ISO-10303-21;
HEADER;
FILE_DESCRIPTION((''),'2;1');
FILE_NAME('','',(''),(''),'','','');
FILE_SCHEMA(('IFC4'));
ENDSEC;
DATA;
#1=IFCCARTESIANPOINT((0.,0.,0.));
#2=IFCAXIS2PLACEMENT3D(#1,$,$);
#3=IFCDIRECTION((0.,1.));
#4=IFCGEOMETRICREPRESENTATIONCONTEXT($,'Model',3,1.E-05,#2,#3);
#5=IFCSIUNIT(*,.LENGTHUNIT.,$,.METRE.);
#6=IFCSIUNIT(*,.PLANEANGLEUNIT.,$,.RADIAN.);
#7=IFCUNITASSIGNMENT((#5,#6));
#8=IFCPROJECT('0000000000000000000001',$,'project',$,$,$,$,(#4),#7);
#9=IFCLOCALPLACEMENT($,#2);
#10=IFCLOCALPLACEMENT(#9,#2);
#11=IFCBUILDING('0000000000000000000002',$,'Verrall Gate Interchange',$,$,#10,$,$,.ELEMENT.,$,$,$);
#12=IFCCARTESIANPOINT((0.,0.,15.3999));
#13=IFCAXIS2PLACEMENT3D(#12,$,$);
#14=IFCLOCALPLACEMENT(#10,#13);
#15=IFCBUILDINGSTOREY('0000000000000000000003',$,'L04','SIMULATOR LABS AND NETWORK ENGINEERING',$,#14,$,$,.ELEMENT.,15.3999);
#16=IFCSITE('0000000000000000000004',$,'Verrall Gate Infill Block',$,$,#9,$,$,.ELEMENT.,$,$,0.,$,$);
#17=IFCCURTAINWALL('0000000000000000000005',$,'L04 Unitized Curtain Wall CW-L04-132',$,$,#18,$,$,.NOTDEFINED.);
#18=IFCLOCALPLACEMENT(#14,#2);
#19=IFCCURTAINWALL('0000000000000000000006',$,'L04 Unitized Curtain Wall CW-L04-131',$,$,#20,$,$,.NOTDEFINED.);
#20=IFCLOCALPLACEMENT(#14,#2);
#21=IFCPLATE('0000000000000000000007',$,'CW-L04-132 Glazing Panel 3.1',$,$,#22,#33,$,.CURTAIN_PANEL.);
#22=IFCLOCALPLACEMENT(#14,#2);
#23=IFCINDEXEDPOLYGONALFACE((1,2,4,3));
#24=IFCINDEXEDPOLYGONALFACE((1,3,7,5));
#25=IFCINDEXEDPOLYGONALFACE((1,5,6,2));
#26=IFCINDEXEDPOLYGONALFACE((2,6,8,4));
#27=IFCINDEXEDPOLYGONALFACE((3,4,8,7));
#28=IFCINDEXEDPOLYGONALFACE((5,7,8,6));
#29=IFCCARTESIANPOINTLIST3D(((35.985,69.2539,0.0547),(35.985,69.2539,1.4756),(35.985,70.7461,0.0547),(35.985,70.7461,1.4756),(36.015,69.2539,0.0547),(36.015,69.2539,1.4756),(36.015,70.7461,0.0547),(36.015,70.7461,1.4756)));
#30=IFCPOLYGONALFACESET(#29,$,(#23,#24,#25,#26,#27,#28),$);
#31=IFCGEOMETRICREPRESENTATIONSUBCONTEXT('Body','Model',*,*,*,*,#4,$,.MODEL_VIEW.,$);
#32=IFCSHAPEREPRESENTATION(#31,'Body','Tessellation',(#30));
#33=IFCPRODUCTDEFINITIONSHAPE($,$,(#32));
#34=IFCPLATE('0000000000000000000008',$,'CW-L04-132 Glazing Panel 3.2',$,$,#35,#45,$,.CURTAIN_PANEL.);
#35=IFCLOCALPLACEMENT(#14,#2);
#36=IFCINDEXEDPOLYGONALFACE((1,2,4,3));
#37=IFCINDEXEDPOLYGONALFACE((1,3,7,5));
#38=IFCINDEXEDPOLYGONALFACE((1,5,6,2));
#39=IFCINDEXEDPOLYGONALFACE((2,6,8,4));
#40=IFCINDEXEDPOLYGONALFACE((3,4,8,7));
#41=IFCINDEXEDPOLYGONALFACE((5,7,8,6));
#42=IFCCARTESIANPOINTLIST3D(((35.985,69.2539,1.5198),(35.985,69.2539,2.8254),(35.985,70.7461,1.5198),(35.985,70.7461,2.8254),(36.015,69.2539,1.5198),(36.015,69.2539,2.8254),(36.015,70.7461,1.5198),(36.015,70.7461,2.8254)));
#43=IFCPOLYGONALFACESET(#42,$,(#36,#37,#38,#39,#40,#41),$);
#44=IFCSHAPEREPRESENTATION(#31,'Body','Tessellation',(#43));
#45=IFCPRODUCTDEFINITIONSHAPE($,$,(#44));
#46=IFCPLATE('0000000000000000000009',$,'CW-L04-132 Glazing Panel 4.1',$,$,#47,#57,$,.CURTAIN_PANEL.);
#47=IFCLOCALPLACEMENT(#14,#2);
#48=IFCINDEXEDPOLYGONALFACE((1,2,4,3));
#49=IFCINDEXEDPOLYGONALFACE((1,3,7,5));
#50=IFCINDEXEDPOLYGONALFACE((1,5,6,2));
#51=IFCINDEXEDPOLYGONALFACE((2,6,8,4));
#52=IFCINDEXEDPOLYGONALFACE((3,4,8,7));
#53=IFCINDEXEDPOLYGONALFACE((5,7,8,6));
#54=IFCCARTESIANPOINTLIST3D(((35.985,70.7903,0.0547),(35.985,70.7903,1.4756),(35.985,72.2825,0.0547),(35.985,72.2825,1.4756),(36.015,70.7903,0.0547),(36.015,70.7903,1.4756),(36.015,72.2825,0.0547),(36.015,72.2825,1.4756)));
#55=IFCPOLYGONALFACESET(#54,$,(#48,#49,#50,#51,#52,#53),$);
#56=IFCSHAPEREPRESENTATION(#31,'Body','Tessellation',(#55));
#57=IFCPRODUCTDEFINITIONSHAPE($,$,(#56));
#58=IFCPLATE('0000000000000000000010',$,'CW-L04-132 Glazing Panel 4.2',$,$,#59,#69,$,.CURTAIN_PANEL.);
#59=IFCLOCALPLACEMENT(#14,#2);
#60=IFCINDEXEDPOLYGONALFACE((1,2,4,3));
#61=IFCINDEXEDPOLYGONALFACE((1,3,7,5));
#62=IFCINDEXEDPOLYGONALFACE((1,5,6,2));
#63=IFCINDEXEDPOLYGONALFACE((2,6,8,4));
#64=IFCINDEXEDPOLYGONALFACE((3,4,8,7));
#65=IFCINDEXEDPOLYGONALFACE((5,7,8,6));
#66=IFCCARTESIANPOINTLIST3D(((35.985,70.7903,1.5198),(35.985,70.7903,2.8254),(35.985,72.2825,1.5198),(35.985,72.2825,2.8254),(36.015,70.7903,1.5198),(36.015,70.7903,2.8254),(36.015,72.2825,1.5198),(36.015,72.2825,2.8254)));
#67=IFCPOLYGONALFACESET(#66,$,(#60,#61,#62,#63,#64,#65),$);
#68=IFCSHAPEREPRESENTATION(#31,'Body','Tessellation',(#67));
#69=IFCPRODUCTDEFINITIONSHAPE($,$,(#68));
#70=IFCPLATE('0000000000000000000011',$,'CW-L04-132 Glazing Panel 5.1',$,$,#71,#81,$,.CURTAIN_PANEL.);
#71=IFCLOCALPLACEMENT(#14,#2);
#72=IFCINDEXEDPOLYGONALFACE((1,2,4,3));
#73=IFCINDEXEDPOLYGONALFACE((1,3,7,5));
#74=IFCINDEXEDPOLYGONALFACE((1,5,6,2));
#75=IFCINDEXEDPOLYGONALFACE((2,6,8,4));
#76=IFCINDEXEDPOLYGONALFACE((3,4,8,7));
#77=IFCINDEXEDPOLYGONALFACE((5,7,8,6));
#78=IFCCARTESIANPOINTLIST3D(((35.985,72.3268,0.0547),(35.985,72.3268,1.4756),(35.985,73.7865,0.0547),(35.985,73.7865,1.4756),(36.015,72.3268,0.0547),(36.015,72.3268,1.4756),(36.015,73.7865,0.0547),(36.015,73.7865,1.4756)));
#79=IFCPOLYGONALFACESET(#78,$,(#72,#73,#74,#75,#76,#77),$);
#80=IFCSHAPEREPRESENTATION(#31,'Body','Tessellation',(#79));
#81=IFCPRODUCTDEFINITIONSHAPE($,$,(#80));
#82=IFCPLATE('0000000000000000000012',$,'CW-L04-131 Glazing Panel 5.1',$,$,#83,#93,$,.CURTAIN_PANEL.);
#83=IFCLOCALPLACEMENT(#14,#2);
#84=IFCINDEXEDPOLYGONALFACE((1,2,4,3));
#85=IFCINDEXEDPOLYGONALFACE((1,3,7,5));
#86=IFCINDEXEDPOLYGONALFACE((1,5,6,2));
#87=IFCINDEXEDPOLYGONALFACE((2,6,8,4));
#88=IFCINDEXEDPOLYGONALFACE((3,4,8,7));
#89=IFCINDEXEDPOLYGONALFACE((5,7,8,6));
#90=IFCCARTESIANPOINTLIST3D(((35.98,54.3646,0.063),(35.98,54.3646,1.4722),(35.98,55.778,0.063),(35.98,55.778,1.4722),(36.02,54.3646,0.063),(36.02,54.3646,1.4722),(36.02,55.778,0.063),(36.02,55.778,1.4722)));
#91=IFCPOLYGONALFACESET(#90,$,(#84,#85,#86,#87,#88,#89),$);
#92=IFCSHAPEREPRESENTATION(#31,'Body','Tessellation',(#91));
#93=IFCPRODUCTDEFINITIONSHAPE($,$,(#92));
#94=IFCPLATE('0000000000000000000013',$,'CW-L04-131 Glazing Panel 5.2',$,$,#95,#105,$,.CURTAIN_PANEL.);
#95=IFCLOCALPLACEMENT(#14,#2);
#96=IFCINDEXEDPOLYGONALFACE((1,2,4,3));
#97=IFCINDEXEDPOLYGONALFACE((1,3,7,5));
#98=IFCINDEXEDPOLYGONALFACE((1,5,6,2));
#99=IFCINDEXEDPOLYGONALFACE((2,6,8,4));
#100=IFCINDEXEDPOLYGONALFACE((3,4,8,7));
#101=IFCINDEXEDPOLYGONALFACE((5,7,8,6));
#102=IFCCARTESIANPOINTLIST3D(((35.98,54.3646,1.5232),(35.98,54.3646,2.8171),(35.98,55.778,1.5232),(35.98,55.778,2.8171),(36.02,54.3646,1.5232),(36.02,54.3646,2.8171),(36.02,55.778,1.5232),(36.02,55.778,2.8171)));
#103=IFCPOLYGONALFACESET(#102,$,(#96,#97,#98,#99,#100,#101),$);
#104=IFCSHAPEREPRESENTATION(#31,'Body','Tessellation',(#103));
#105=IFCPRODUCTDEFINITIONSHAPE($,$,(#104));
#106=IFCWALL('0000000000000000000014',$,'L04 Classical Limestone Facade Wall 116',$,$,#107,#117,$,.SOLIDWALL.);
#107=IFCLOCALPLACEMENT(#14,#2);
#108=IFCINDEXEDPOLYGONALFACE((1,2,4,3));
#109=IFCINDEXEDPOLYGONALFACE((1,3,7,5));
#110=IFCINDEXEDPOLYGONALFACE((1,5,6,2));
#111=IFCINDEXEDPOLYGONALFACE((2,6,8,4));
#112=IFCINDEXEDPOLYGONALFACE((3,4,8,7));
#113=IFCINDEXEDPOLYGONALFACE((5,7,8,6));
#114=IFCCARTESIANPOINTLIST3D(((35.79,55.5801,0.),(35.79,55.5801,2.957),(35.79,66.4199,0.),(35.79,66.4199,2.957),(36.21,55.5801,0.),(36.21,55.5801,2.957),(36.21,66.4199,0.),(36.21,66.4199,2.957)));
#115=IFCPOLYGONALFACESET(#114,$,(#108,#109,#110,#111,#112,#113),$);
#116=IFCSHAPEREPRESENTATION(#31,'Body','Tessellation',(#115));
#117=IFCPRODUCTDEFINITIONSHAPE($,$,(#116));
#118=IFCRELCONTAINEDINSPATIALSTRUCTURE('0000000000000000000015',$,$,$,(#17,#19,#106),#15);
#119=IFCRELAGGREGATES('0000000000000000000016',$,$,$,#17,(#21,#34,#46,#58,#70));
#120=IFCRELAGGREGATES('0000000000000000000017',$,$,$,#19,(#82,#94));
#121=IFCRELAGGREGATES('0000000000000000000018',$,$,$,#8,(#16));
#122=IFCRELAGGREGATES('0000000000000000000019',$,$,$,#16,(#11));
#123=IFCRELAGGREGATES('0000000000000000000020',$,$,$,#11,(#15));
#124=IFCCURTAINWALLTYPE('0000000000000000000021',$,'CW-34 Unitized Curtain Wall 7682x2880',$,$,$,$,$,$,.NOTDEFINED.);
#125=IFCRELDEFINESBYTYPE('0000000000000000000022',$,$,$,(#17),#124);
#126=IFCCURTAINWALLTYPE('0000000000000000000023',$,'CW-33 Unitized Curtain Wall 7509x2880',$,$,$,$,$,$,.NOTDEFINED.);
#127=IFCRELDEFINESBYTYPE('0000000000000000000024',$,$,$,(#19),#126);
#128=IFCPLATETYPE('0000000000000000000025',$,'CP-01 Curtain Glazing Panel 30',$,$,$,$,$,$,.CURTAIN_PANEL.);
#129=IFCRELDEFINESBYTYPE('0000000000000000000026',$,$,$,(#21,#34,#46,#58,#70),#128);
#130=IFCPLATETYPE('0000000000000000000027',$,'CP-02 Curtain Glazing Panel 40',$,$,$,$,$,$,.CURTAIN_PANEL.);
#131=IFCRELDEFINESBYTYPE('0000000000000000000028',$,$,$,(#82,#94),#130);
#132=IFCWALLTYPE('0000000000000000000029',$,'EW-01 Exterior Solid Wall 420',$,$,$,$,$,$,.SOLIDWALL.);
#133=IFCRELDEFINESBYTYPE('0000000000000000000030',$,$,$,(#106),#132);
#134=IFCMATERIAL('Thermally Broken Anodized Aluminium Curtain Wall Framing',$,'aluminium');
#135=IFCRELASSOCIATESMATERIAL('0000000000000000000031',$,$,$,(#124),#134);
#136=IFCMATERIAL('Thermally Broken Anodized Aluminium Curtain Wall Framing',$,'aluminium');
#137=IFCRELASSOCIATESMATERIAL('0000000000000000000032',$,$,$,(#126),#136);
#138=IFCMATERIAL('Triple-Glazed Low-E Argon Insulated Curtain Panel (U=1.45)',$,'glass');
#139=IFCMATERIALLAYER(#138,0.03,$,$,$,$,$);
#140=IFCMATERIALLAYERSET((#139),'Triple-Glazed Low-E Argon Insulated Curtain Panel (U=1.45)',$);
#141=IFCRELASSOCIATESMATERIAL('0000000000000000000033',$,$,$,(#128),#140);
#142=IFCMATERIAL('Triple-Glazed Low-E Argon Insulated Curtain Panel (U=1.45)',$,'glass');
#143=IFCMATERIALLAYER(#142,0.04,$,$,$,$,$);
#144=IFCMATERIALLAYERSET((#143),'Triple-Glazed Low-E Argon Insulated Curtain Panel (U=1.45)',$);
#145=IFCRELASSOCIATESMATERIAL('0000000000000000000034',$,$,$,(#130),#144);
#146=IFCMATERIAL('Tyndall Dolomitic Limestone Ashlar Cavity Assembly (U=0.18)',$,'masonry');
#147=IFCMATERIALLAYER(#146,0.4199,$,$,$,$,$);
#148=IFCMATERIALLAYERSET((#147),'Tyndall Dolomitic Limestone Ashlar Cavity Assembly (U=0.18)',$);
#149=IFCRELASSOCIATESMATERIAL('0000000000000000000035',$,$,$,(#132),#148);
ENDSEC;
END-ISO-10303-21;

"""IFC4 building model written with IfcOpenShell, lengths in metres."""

from ifc_helpers import new_model, si_unit, direction, frame, frame_2d, origin, origin_2d, place, context, subcontext, project, spatial, rectangle, extrude, material, layer, layer_set, type_object, element, aggregate, save


model = new_model("IFC4")

# Units and contexts
model_context = context("Model", 3, precision=1e-05, world=origin(), true_north=direction((0.0, 1.0)))
body_context = subcontext(model_context, "Body", "Model", "MODEL_VIEW")
ifc_project = project(units=[si_unit("LENGTHUNIT", "METRE"), si_unit("PLANEANGLEUNIT", "RADIAN")], contexts=[model_context])

# Site, building, storey
site_placement = place(None, origin())
site = spatial("IfcSite", under=ifc_project, at=site_placement, Name="Verrall Gate Infill Block", CompositionType="ELEMENT", RefElevation=0.0)
building_placement = place(site_placement, origin())
building = spatial("IfcBuilding", under=site, at=building_placement, Name="Verrall Gate Interchange", CompositionType="ELEMENT")
storey_placement = place(building_placement, frame((0.0, 0.0, 15.3999)))
storey = spatial("IfcBuildingStorey", under=building, at=storey_placement, Name="L04", Description="SIMULATOR LABS AND NETWORK ENGINEERING", CompositionType="ELEMENT", Elevation=15.3999)

# Curtain wall
ifc_material_1 = material(Name="Thermally Broken Anodized Aluminium Curtain Wall Framing", Category="aluminium")
curtain_wall_type_1 = type_object("IfcCurtainWallType", Name="CW-34 Unitized Curtain Wall 7682x2880", PredefinedType="NOTDEFINED", material=ifc_material_1)
curtain_wall_1_placement = place(storey_placement, origin())
curtain_wall_1 = element("IfcCurtainWall", 1, at=curtain_wall_1_placement, inside=storey, type_object=curtain_wall_type_1, Name="L04 Unitized Curtain Wall CW-L04-132", PredefinedType="NOTDEFINED")

# Curtain wall
ifc_material_2 = material(Name="Thermally Broken Anodized Aluminium Curtain Wall Framing", Category="aluminium")
curtain_wall_type_2 = type_object("IfcCurtainWallType", Name="CW-33 Unitized Curtain Wall 7509x2880", PredefinedType="NOTDEFINED", material=ifc_material_2)
curtain_wall_2_placement = place(storey_placement, origin())
curtain_wall_2 = element("IfcCurtainWall", 2, at=curtain_wall_2_placement, inside=storey, type_object=curtain_wall_type_2, Name="L04 Unitized Curtain Wall CW-L04-131", PredefinedType="NOTDEFINED")

# Plates
ifc_material_3 = material(Name="Triple-Glazed Low-E Argon Insulated Curtain Panel (U=1.45)", Category="glass")
ifc_layer_1 = layer(ifc_material_3, 0.03)
ifc_layer_set_1 = layer_set([ifc_layer_1], Name="Triple-Glazed Low-E Argon Insulated Curtain Panel (U=1.45)")
plate_type_1 = type_object("IfcPlateType", Name="CP-01 Curtain Glazing Panel 30", PredefinedType="CURTAIN_PANEL", material=ifc_layer_set_1)
plate_1_placement = place(storey_placement, frame((36.0, 70.0, 0.0547), z_axis=(0.0, 0.0, 1.0), x_axis=(0.0, 1.0, 0.0)))
plate_1 = element("IfcPlate", 3, at=plate_1_placement, type_object=plate_type_1, Name="CW-L04-132 Glazing Panel 3.1", PredefinedType="CURTAIN_PANEL", context=body_context, shape_type="SweptSolid", body=[
    extrude(rectangle(XDim=1.4922, YDim=0.03, at=origin_2d()), origin(), (0.0, 0.0, 1.0), 1.4209),
])
plate_2_placement = place(storey_placement, frame((36.0, 70.0, 1.5198), z_axis=(0.0, 0.0, 1.0), x_axis=(0.0, 1.0, 0.0)))
plate_2 = element("IfcPlate", 4, at=plate_2_placement, type_object=plate_type_1, Name="CW-L04-132 Glazing Panel 3.2", PredefinedType="CURTAIN_PANEL", context=body_context, shape_type="SweptSolid", body=[
    extrude(rectangle(XDim=1.4922, YDim=0.03, at=origin_2d()), origin(), (0.0, 0.0, 1.0), 1.3057),
])
plate_3_placement = place(storey_placement, frame((36.0, 71.5364, 0.0547), z_axis=(0.0, 0.0, 1.0), x_axis=(0.0, 1.0, 0.0)))
plate_3 = element("IfcPlate", 5, at=plate_3_placement, type_object=plate_type_1, Name="CW-L04-132 Glazing Panel 4.1", PredefinedType="CURTAIN_PANEL", context=body_context, shape_type="SweptSolid", body=[
    extrude(rectangle(XDim=1.4922, YDim=0.03, at=origin_2d()), origin(), (0.0, 0.0, 1.0), 1.4209),
])
plate_4_placement = place(storey_placement, frame((36.0, 71.5364, 1.5198), z_axis=(0.0, 0.0, 1.0), x_axis=(0.0, 1.0, 0.0)))
plate_4 = element("IfcPlate", 6, at=plate_4_placement, type_object=plate_type_1, Name="CW-L04-132 Glazing Panel 4.2", PredefinedType="CURTAIN_PANEL", context=body_context, shape_type="SweptSolid", body=[
    extrude(rectangle(XDim=1.4922, YDim=0.03, at=origin_2d()), origin(), (0.0, 0.0, 1.0), 1.3057),
])
plate_5_placement = place(storey_placement, frame((36.0, 73.0566, 0.0547), z_axis=(0.0, 0.0, 1.0), x_axis=(0.0, 1.0, 0.0)))
plate_5 = element("IfcPlate", 7, at=plate_5_placement, type_object=plate_type_1, Name="CW-L04-132 Glazing Panel 5.1", PredefinedType="CURTAIN_PANEL", context=body_context, shape_type="SweptSolid", body=[
    extrude(rectangle(XDim=1.4597, YDim=0.03, at=origin_2d()), origin(), (0.0, 0.0, 1.0), 1.4209),
])
aggregate(curtain_wall_1, [plate_1, plate_2, plate_3, plate_4, plate_5])
ifc_material_4 = material(Name="Triple-Glazed Low-E Argon Insulated Curtain Panel (U=1.45)", Category="glass")
ifc_layer_2 = layer(ifc_material_4, 0.04)
ifc_layer_set_2 = layer_set([ifc_layer_2], Name="Triple-Glazed Low-E Argon Insulated Curtain Panel (U=1.45)")
plate_type_2 = type_object("IfcPlateType", Name="CP-02 Curtain Glazing Panel 40", PredefinedType="CURTAIN_PANEL", material=ifc_layer_set_2)
plate_6_placement = place(storey_placement, frame((36.0, 55.0713, 0.063), z_axis=(0.0, 0.0, 1.0), x_axis=(0.0, 1.0, 0.0)))
plate_6 = element("IfcPlate", 8, at=plate_6_placement, type_object=plate_type_2, Name="CW-L04-131 Glazing Panel 5.1", PredefinedType="CURTAIN_PANEL", context=body_context, shape_type="SweptSolid", body=[
    extrude(rectangle(XDim=1.4133, YDim=0.04, at=origin_2d()), origin(), (0.0, 0.0, 1.0), 1.4092),
])
plate_7_placement = place(storey_placement, frame((36.0, 55.0713, 1.5232), z_axis=(0.0, 0.0, 1.0), x_axis=(0.0, 1.0, 0.0)))
plate_7 = element("IfcPlate", 9, at=plate_7_placement, type_object=plate_type_2, Name="CW-L04-131 Glazing Panel 5.2", PredefinedType="CURTAIN_PANEL", context=body_context, shape_type="SweptSolid", body=[
    extrude(rectangle(XDim=1.4133, YDim=0.04, at=origin_2d()), origin(), (0.0, 0.0, 1.0), 1.2939),
])
aggregate(curtain_wall_2, [plate_6, plate_7])

# Wall
ifc_material_5 = material(Name="Tyndall Dolomitic Limestone Ashlar Cavity Assembly (U=0.18)", Category="masonry")
ifc_layer_3 = layer(ifc_material_5, 0.4199)
ifc_layer_set_3 = layer_set([ifc_layer_3], Name="Tyndall Dolomitic Limestone Ashlar Cavity Assembly (U=0.18)")
wall_type = type_object("IfcWallType", Name="EW-01 Exterior Solid Wall 420", PredefinedType="SOLIDWALL", material=ifc_layer_set_3)
wall_placement = place(storey_placement, frame((36.0, 55.5801, 0.0), z_axis=(0.0, 0.0, 1.0), x_axis=(0.0, 1.0, 0.0)))
element("IfcWall", 10, at=wall_placement, inside=storey, type_object=wall_type, Name="L04 Classical Limestone Facade Wall 116", PredefinedType="SOLIDWALL", context=body_context, shape_type="SweptSolid", body=[
    extrude(rectangle(XDim=10.8398, YDim=0.4199, at=frame_2d((5.4199, 0.0))), origin(), (0.0, 0.0, 1.0), 2.957),
])

save(model, "model.ifc")
